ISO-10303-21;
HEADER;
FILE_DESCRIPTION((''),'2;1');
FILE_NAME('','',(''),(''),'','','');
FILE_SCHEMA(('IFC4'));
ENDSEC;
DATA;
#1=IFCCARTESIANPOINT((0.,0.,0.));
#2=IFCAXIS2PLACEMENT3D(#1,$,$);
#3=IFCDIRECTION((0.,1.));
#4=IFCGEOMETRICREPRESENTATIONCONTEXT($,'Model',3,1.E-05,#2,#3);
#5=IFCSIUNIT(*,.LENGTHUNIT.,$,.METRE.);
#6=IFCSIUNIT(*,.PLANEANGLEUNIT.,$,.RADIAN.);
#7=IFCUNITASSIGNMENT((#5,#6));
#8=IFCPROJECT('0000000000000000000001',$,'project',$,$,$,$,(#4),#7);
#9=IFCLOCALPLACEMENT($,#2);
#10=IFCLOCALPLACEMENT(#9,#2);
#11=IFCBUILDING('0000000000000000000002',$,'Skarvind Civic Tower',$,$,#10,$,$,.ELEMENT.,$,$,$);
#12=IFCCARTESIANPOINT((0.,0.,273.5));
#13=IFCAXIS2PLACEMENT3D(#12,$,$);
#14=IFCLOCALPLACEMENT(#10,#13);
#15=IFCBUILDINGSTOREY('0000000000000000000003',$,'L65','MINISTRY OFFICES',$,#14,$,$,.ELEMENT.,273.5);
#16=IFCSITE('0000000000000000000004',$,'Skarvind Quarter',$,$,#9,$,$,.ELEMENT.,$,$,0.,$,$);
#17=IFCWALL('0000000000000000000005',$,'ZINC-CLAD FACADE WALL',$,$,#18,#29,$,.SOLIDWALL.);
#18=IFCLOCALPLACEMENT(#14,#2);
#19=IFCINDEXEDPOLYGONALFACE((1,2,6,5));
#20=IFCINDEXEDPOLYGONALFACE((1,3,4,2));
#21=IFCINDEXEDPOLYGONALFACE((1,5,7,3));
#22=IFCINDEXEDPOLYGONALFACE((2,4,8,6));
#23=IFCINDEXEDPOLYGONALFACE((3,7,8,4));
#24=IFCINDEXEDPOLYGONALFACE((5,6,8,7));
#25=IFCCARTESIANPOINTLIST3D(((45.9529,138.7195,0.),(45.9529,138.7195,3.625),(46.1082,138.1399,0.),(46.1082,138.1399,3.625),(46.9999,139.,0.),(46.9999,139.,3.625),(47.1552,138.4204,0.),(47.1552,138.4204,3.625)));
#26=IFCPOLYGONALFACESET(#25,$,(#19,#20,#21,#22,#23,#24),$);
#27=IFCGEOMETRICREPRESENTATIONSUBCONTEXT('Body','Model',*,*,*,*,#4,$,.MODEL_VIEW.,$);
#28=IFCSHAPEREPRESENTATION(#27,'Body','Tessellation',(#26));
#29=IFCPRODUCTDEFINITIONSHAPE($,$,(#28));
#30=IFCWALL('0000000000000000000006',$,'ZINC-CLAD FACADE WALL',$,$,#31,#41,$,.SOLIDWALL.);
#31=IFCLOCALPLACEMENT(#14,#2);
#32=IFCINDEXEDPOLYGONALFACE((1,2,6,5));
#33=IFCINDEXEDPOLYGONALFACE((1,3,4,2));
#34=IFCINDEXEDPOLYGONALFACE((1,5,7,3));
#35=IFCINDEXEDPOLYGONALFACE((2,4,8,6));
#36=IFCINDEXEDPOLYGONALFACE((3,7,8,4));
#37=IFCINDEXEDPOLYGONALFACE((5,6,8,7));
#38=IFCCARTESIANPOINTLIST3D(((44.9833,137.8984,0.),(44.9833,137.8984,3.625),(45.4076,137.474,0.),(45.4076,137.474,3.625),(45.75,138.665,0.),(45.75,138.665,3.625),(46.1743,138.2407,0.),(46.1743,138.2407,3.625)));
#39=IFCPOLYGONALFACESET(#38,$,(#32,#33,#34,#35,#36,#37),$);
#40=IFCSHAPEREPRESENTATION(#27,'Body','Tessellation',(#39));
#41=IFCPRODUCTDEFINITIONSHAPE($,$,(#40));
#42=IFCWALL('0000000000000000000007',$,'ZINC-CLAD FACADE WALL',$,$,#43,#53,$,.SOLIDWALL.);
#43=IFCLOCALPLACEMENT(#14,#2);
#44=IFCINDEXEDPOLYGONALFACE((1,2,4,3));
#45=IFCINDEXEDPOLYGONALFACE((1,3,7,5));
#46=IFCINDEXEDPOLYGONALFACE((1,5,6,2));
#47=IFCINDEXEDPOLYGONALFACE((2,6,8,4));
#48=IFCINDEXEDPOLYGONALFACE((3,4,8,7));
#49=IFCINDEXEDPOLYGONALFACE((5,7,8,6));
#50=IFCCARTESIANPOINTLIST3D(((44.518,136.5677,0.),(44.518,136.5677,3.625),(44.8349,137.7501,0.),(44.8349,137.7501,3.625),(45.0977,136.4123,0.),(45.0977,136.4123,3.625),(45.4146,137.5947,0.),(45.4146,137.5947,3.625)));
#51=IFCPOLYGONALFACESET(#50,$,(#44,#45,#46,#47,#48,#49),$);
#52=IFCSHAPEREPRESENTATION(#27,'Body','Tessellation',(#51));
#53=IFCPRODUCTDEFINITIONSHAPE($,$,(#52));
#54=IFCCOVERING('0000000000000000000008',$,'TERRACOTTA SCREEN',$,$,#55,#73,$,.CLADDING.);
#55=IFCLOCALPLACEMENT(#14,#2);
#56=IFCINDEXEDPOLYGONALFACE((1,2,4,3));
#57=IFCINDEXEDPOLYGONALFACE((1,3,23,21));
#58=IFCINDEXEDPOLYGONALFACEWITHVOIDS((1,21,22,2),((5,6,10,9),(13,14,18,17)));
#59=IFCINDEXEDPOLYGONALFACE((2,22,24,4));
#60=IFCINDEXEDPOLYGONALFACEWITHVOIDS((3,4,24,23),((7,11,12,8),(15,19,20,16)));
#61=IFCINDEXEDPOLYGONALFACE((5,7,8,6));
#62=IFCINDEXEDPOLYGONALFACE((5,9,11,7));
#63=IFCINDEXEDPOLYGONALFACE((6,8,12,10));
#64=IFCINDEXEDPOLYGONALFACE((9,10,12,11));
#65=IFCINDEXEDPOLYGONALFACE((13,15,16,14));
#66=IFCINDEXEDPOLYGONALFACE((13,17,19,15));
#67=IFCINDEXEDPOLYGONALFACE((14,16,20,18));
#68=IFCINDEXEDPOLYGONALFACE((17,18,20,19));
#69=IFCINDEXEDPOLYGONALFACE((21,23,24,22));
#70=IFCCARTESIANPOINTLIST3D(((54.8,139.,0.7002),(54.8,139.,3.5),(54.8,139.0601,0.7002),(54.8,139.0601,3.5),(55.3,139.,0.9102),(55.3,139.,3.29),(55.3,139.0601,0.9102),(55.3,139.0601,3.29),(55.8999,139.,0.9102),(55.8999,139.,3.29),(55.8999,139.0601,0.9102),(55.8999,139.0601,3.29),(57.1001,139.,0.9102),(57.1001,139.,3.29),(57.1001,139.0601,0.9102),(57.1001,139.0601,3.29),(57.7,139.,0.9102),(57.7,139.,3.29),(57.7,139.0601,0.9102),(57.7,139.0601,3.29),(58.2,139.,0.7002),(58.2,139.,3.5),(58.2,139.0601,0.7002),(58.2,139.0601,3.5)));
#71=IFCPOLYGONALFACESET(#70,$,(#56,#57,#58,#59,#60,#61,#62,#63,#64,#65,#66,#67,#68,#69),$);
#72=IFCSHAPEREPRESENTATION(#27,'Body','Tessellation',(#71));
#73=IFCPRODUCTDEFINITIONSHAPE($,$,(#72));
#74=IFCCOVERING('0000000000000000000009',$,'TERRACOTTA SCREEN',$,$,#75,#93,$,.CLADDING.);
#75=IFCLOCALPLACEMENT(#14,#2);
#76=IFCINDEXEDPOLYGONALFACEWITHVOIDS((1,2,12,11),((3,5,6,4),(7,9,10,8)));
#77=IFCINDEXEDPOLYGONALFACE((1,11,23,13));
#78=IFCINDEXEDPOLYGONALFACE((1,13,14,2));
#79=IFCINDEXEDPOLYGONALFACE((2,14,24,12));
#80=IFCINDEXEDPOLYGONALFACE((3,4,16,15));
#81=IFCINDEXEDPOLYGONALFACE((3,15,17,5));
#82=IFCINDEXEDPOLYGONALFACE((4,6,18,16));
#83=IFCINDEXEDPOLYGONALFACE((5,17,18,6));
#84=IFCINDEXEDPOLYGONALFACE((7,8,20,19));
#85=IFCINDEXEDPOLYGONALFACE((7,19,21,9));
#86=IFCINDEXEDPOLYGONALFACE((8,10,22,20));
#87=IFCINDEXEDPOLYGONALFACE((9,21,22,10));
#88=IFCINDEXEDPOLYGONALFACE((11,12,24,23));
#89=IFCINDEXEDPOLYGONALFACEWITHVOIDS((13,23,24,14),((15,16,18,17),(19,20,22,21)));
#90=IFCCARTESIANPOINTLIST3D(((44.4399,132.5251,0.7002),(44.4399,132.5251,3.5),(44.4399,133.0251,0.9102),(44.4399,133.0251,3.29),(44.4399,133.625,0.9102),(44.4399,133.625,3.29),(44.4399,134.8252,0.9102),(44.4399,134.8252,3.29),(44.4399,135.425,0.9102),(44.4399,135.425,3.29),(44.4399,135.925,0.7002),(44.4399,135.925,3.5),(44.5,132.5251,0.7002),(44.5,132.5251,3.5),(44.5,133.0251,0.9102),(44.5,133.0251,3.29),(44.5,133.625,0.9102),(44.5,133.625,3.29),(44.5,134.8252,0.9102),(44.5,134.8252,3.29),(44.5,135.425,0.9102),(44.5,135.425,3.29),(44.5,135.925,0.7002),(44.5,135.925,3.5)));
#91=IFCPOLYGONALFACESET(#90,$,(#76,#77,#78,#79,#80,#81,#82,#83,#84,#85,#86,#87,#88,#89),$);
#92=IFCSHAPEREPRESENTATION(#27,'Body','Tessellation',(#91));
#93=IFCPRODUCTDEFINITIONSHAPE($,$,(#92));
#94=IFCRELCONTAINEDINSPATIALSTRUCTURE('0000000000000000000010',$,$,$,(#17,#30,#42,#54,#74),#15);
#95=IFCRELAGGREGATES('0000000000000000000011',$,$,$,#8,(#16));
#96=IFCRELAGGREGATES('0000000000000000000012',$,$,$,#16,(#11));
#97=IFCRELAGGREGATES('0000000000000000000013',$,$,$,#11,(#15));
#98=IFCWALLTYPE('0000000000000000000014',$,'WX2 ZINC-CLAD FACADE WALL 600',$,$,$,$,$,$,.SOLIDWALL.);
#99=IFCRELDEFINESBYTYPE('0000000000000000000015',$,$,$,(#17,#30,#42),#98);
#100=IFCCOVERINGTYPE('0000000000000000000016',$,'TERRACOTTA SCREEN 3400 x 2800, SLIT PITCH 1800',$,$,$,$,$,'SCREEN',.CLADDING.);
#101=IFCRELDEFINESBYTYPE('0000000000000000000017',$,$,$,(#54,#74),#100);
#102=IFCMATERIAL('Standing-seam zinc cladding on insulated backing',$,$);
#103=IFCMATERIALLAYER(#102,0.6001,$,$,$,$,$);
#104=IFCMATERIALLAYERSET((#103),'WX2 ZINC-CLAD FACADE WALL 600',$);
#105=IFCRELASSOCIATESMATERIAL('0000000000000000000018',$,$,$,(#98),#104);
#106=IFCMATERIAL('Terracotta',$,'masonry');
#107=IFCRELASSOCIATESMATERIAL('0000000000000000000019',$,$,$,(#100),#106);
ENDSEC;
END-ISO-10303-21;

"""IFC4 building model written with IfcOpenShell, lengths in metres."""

from ifc_helpers import new_model, si_unit, direction, frame, frame_2d, origin, place, context, subcontext, project, spatial, polyline, rectangle, outline, extrude, material, layer, layer_set, material_profile, profile_set, type_object, element, save


model = new_model("IFC4")

# Units and contexts
model_context = context("Model", 3, precision=1e-05, world=origin(), true_north=direction((0.0, 1.0)))
body_context = subcontext(model_context, "Body", "Model", "MODEL_VIEW")
ifc_project = project(units=[si_unit("LENGTHUNIT", "METRE"), si_unit("PLANEANGLEUNIT", "RADIAN")], contexts=[model_context])

# Site, building, storey
site_placement = place(None, origin())
site = spatial("IfcSite", under=ifc_project, at=site_placement, Name="Skarvind Quarter", CompositionType="ELEMENT", RefElevation=0.0)
building_placement = place(site_placement, origin())
building = spatial("IfcBuilding", under=site, at=building_placement, Name="Skarvind Civic Tower", CompositionType="ELEMENT")
storey_placement = place(building_placement, frame((0.0, 0.0, 273.5)))
storey = spatial("IfcBuildingStorey", under=building, at=storey_placement, Name="L65", Description="MINISTRY OFFICES", CompositionType="ELEMENT", Elevation=273.5)

# Shared definitions
ifc_material_1 = material(Name="Standing-seam zinc cladding on insulated backing")
ifc_layer_1 = layer(ifc_material_1, 0.6001)
ifc_layer_set_1 = layer_set([ifc_layer_1], Name="WX2 ZINC-CLAD FACADE WALL 600")
wall_type_1 = type_object("IfcWallType", Name="WX2 ZINC-CLAD FACADE WALL 600", PredefinedType="SOLIDWALL", material=ifc_layer_set_1)

# Walls
wall_1_placement = place(storey_placement, frame((46.0305, 138.4297, 0.0), z_axis=(0.0, 0.0, 1.0), x_axis=(0.965939, 0.25877, 0.0)))
element("IfcWall", 1, at=wall_1_placement, inside=storey, type_object=wall_type_1, Name="ZINC-CLAD FACADE WALL", PredefinedType="SOLIDWALL", context=body_context, shape_type="SweptSolid", body=[
    extrude(rectangle(XDim=1.084, YDim=0.6001, at=frame_2d((0.542, 0.0))), origin(), (0.0, 0.0, 1.0), 3.625),
])
wall_2_placement = place(storey_placement, frame((45.1956, 137.6863, 0.0), z_axis=(0.0, 0.0, 1.0), x_axis=(0.707107, 0.707107, 0.0)))
element("IfcWall", 2, at=wall_2_placement, inside=storey, type_object=wall_type_1, Name="ZINC-CLAD FACADE WALL", PredefinedType="SOLIDWALL", context=body_context, shape_type="SweptSolid", body=[
    extrude(rectangle(XDim=1.0842, YDim=0.6001, at=frame_2d((0.542, 0.0))), origin(), (0.0, 0.0, 1.0), 3.625),
])
wall_3_placement = place(storey_placement, frame((44.8079, 136.49, 0.0), z_axis=(0.0, 0.0, 1.0), x_axis=(0.258879, 0.96591, 0.0)))
element("IfcWall", 3, at=wall_3_placement, inside=storey, type_object=wall_type_1, Name="ZINC-CLAD FACADE WALL", PredefinedType="SOLIDWALL", context=body_context, shape_type="SweptSolid", body=[
    extrude(rectangle(XDim=1.2241, YDim=0.6001, at=frame_2d((0.6121, 0.0))), origin(), (0.0, 0.0, 1.0), 3.625),
])

# Coverings
ifc_material_2 = material(Name="Terracotta", Category="masonry")
ifc_material_profile_1 = material_profile(ifc_material_2, outline(polyline([(-1.7, -1.3999), (1.7, -1.3999), (1.7, 1.3999), (-1.7, 1.3999), (-1.7, -1.3999)]), holes=[polyline([(-1.2, -1.1899), (-0.6001, -1.1899), (-0.6001, 1.1899), (-1.2, 1.1899), (-1.2, -1.1899)]), polyline([(0.6001, -1.1899), (1.2, -1.1899), (1.2, 1.1899), (0.6001, 1.1899), (0.6001, -1.1899)])]), Name="TERRACOTTA SCREEN 3400 x 2800, SLIT PITCH 1800")
ifc_profile_set_1 = profile_set([ifc_material_profile_1], Name="Terracotta")
covering_type = type_object("IfcCoveringType", Name="TERRACOTTA SCREEN 3400 x 2800, SLIT PITCH 1800", ElementType="SCREEN", PredefinedType="CLADDING", material=ifc_profile_set_1)
for number, where, z_axis, x_axis, name in (
    (4, (56.5, 139.0, 2.1001), (0.0, 1.0, 0.0), (-1.0, 0.0, 0.0), "TERRACOTTA SCREEN"),
    (5, (44.5, 134.2251, 2.1001), (-1.0, 0.0, 0.0), (0.0, -1.0, 0.0), "TERRACOTTA SCREEN"),
):
    element("IfcCovering", number, at=place(storey_placement, frame(where, z_axis=z_axis, x_axis=x_axis)), inside=storey, type_object=covering_type, Name=name, PredefinedType="CLADDING", context=body_context, shape_type="SweptSolid", body=[
        extrude(outline(polyline([(-1.7, -1.3999), (1.7, -1.3999), (1.7, 1.3999), (-1.7, 1.3999), (-1.7, -1.3999)]), holes=[polyline([(-1.2, -1.1899), (-0.6001, -1.1899), (-0.6001, 1.1899), (-1.2, 1.1899), (-1.2, -1.1899)]), polyline([(0.6001, -1.1899), (1.2, -1.1899), (1.2, 1.1899), (0.6001, 1.1899), (0.6001, -1.1899)])]), origin(), (0.0, 0.0, 1.0), 0.0601),
    ])

save(model, "model.ifc")
